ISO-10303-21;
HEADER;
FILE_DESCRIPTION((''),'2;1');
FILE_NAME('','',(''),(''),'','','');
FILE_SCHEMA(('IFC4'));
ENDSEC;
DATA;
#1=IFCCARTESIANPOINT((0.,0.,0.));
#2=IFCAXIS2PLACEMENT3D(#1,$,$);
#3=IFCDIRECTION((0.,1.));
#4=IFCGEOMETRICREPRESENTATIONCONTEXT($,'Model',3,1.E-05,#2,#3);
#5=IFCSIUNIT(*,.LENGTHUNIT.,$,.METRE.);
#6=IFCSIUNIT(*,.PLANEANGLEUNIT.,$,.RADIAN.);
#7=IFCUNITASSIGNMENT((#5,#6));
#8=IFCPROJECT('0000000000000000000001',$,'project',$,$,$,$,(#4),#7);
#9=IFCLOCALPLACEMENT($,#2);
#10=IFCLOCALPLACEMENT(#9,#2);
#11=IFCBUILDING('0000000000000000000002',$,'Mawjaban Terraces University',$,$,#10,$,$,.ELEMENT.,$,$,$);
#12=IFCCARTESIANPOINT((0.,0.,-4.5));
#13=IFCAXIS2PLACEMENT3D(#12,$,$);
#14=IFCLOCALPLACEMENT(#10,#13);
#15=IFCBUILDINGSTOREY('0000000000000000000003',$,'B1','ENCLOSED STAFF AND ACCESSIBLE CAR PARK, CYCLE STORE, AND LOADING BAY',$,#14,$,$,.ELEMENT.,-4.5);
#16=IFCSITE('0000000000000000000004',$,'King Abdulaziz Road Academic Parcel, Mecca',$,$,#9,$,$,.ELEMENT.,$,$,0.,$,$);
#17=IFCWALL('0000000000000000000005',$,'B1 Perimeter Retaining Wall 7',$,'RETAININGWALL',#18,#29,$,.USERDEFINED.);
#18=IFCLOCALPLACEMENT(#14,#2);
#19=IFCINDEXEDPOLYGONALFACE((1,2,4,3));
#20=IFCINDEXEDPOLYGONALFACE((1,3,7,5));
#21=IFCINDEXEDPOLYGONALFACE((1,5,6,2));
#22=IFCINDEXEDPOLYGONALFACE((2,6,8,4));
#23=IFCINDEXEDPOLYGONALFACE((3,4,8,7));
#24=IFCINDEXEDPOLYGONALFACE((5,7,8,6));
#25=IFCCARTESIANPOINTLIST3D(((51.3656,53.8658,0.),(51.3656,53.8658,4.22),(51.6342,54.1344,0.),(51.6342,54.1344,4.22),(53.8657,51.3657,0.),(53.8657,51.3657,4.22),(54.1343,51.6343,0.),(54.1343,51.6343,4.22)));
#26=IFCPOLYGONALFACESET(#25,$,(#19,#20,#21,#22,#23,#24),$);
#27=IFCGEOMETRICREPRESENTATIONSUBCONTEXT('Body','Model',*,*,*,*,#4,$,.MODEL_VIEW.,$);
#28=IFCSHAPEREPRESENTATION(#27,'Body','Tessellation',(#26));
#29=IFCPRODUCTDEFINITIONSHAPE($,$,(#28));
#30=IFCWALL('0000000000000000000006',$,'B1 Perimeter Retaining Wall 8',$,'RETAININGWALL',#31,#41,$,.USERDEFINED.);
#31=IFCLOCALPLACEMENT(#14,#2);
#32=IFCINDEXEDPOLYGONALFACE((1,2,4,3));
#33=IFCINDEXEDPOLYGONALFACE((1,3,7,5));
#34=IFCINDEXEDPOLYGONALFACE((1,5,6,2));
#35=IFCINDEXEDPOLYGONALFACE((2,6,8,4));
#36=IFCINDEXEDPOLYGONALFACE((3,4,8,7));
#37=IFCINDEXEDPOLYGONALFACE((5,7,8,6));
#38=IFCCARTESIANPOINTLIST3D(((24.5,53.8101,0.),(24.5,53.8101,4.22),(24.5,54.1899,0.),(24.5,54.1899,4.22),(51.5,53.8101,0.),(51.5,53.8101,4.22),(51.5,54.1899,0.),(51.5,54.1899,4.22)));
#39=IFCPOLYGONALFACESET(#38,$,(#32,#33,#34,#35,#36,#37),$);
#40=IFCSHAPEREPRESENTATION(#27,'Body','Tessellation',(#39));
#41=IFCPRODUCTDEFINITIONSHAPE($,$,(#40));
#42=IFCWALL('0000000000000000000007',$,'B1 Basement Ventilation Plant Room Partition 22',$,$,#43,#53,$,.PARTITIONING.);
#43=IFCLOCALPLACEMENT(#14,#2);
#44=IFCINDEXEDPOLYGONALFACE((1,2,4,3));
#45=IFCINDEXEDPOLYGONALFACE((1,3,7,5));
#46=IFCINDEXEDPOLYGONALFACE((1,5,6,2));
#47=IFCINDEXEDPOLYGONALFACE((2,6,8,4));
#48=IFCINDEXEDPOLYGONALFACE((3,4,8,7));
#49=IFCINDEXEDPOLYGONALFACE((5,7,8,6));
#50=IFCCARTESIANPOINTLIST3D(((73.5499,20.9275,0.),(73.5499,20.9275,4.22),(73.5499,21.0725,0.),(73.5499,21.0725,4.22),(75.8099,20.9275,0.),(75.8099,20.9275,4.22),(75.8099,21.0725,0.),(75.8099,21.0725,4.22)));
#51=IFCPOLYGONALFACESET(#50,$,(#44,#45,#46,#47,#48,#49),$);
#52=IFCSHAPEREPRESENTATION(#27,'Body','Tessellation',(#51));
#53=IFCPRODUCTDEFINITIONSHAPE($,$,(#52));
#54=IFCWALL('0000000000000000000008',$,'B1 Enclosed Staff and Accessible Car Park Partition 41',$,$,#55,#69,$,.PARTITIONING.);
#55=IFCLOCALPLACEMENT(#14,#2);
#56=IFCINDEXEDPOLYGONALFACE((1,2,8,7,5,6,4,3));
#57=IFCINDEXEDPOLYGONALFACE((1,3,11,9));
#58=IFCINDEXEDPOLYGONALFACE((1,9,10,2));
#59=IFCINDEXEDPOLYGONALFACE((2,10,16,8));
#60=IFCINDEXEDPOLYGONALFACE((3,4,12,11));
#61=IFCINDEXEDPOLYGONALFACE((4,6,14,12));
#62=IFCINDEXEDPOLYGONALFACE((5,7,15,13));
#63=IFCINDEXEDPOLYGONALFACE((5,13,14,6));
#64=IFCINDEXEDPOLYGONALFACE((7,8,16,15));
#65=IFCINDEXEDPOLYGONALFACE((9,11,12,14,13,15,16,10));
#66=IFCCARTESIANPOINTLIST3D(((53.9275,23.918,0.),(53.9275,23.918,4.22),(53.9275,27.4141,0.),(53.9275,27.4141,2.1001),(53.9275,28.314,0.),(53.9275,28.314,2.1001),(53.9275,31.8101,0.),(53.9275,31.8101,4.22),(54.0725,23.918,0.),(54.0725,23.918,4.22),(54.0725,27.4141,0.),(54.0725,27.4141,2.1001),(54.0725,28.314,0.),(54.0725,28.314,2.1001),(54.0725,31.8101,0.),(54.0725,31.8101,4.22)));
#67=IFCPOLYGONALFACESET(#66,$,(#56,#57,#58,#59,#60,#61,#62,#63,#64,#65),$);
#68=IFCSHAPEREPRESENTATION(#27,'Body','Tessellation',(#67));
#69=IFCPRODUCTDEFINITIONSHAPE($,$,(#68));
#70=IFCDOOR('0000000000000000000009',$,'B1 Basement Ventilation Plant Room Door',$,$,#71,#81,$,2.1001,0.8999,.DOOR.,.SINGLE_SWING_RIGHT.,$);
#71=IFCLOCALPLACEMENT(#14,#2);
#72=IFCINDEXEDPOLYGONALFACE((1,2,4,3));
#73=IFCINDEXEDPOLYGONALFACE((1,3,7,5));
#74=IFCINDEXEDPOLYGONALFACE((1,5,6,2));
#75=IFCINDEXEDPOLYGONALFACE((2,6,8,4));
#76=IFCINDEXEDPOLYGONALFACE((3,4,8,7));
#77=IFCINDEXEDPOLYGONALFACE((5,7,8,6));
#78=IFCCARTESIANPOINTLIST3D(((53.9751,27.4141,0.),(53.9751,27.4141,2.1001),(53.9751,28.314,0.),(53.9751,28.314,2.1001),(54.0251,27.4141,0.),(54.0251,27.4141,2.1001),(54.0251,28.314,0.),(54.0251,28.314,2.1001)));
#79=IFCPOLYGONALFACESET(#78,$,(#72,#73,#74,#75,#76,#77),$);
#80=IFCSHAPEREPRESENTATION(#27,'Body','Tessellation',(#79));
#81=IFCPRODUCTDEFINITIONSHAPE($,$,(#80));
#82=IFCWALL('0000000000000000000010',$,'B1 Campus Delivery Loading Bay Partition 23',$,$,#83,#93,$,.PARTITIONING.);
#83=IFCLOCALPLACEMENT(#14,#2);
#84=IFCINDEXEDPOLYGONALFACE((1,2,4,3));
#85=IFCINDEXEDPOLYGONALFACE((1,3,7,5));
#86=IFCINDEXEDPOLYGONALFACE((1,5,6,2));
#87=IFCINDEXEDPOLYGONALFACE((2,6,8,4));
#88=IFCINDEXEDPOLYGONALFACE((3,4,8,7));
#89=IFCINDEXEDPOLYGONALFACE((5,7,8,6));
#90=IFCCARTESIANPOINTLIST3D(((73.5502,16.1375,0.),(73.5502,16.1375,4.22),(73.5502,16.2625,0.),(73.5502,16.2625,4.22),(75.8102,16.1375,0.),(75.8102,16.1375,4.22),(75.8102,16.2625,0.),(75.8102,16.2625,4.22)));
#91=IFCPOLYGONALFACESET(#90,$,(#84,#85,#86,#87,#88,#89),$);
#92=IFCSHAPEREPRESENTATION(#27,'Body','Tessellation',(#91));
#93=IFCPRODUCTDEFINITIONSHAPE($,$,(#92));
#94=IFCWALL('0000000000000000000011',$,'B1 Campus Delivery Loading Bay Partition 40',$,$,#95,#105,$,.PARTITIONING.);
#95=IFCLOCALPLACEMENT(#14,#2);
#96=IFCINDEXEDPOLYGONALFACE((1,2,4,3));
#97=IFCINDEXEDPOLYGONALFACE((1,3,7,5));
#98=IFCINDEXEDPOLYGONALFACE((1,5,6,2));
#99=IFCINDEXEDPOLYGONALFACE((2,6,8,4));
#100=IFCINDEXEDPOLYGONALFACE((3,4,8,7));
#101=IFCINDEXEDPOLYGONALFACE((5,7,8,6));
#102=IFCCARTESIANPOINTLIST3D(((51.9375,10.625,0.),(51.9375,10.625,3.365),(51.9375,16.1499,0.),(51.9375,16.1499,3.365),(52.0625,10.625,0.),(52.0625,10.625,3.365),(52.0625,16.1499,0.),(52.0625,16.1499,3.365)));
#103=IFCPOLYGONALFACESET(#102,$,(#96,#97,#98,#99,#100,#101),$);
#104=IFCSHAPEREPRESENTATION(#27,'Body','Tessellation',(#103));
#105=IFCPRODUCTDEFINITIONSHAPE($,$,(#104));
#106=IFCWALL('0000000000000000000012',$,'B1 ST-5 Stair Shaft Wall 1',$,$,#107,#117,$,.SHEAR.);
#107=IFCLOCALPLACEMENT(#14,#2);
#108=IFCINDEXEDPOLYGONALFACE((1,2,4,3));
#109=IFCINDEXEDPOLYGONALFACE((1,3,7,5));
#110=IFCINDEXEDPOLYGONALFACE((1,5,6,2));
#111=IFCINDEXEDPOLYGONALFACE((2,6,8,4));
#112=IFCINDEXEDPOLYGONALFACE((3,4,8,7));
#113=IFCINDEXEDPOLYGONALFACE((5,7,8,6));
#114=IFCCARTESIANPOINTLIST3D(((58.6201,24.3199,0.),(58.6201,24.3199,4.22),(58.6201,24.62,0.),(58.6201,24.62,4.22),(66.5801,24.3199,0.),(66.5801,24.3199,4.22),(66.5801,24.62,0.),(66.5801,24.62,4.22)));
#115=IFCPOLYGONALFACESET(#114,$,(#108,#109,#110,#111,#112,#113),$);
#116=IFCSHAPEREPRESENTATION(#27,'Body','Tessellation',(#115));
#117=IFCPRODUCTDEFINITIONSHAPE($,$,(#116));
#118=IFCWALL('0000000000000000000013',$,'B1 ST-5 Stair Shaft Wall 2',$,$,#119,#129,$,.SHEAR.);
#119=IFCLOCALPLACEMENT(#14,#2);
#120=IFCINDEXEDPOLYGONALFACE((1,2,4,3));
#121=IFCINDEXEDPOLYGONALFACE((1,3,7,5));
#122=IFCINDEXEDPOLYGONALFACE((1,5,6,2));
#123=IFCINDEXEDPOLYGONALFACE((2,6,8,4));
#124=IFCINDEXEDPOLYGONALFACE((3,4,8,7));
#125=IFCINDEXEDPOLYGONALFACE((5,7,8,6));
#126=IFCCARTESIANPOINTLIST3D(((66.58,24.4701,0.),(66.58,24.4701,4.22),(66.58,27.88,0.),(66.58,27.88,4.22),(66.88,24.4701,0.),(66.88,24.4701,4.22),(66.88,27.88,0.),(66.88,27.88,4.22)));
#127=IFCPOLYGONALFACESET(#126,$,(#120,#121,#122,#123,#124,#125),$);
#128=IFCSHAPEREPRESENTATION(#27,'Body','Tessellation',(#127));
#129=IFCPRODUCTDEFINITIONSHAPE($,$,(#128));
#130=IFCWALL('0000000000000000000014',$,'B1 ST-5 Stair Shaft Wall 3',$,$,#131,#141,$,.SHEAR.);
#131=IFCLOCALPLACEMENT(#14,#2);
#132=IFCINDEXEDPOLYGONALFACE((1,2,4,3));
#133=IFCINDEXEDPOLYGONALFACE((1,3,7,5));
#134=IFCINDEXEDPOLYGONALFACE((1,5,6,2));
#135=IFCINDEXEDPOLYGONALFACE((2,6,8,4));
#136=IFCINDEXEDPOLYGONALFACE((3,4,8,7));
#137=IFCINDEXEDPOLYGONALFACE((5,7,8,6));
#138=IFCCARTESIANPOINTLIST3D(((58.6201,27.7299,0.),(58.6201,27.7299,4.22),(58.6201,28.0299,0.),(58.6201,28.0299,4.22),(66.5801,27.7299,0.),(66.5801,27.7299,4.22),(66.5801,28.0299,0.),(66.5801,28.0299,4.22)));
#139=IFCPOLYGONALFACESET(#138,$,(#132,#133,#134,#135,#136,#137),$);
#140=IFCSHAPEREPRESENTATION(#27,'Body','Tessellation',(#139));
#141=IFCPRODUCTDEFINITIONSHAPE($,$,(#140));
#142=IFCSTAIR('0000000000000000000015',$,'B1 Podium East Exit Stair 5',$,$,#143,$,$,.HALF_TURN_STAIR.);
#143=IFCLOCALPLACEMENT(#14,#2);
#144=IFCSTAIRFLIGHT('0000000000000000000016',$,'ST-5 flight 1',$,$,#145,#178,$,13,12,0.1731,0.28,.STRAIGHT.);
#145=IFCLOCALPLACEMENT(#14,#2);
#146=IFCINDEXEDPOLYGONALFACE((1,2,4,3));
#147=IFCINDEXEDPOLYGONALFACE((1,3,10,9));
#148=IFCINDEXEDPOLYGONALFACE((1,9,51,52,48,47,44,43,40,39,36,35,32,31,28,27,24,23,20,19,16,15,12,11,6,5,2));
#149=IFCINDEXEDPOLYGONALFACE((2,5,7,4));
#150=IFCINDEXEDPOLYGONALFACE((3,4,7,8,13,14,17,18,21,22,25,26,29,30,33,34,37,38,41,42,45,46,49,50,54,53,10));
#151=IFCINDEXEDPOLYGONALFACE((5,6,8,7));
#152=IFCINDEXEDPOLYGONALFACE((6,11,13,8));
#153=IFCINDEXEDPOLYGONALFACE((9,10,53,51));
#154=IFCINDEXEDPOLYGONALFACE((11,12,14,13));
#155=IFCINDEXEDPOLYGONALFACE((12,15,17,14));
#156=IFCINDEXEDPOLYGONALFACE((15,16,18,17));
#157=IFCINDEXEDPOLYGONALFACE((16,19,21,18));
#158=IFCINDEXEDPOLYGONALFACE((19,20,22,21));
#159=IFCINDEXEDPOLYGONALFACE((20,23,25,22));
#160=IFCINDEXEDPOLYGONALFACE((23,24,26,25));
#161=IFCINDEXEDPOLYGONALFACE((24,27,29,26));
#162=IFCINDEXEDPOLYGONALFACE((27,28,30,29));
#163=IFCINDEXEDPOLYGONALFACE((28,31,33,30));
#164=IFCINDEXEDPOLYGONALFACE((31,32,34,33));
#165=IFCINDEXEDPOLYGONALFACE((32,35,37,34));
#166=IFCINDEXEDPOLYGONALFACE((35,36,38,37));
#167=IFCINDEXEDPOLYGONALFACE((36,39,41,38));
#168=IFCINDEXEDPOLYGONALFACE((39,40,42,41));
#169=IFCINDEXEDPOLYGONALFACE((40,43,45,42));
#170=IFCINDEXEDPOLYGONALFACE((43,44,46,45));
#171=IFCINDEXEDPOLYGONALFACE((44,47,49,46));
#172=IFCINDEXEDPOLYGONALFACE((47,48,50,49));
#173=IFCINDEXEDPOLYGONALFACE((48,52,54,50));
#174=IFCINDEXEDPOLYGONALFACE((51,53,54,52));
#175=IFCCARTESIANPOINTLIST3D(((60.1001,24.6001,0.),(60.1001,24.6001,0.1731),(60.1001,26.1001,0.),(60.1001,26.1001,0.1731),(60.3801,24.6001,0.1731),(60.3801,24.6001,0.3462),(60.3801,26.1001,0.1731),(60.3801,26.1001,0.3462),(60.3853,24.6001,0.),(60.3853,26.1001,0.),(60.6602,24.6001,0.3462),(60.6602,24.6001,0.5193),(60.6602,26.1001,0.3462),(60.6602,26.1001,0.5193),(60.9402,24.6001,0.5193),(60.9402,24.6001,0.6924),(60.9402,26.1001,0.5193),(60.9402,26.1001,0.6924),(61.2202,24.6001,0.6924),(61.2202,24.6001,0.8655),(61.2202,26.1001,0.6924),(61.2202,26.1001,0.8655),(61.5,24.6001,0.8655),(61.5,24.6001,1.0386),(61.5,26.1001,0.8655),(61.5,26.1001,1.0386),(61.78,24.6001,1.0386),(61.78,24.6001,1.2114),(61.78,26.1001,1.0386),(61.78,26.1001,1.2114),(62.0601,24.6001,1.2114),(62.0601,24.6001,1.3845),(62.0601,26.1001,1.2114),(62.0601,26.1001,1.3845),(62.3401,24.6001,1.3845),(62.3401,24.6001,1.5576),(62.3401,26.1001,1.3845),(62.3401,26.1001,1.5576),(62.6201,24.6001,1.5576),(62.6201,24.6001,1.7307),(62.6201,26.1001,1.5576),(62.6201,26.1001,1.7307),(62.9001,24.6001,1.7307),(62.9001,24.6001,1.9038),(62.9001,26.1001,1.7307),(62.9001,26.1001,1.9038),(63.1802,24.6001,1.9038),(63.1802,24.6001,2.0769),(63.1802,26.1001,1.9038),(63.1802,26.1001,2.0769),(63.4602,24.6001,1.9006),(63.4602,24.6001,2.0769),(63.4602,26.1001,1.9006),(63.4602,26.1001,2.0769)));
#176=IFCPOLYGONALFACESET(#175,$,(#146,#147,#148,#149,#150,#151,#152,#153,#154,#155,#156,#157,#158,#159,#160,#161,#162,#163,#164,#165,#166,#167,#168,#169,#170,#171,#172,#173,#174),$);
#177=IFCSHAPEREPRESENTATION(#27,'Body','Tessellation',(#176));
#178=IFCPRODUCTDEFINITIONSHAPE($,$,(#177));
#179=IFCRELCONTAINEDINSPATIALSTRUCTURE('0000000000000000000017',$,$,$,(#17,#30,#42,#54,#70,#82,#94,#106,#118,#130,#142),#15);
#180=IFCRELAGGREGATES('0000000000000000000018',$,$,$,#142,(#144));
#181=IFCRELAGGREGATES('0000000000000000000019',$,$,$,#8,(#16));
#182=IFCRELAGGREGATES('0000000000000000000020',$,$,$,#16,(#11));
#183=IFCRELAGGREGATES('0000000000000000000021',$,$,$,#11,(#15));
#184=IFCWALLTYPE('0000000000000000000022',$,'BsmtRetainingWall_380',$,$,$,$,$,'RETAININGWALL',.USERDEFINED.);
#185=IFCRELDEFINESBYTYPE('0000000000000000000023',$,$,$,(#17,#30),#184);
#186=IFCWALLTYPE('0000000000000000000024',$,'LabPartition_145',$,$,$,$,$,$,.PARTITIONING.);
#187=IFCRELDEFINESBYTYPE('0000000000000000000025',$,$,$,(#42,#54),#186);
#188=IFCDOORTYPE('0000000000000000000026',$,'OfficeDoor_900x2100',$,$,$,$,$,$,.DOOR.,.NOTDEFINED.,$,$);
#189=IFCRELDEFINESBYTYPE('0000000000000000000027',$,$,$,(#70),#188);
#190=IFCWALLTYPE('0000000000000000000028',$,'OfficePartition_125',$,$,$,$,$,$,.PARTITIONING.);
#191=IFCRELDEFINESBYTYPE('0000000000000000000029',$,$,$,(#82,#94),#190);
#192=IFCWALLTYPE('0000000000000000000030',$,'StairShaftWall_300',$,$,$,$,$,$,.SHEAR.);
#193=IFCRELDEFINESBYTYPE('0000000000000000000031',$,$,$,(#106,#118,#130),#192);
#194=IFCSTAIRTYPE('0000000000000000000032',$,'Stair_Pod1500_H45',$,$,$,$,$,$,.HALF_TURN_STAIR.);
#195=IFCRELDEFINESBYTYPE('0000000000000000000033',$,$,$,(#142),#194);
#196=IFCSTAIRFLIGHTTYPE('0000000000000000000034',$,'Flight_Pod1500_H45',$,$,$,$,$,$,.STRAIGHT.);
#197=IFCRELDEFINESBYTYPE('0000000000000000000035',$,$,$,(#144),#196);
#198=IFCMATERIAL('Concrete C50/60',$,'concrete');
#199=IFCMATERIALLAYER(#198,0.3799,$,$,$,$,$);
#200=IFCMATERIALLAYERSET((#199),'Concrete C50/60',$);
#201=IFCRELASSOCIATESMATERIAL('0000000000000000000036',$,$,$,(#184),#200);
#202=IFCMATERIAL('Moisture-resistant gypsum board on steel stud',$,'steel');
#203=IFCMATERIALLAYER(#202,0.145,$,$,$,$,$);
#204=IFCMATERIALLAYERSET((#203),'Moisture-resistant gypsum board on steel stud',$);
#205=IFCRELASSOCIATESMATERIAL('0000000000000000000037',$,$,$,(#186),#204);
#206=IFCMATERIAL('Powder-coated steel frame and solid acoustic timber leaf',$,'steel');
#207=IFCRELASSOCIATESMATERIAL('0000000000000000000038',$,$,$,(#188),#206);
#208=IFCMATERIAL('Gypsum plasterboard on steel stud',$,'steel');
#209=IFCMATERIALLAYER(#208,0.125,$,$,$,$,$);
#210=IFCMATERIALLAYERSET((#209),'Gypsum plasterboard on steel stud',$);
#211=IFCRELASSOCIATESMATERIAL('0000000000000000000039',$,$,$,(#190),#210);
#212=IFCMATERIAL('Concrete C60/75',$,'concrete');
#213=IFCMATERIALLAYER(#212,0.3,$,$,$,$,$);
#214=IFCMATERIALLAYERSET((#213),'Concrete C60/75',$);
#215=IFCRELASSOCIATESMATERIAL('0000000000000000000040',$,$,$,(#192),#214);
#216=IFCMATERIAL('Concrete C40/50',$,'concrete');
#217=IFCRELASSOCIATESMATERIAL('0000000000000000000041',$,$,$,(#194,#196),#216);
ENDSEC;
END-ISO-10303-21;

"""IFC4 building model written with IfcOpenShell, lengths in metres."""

from ifc_helpers import new_model, si_unit, direction, frame, frame_2d, origin, place, context, subcontext, project, spatial, polyline, rectangle, outline, extrude, material, layer, layer_set, type_object, element, fill, aggregate, save


model = new_model("IFC4")

# Units and contexts
model_context = context("Model", 3, precision=1e-05, world=origin(), true_north=direction((0.0, 1.0)))
body_context = subcontext(model_context, "Body", "Model", "MODEL_VIEW")
ifc_project = project(units=[si_unit("LENGTHUNIT", "METRE"), si_unit("PLANEANGLEUNIT", "RADIAN")], contexts=[model_context])

# Site, building, storey
site_placement = place(None, origin())
site = spatial("IfcSite", under=ifc_project, at=site_placement, Name="King Abdulaziz Road Academic Parcel, Mecca", CompositionType="ELEMENT", RefElevation=0.0)
building_placement = place(site_placement, origin())
building = spatial("IfcBuilding", under=site, at=building_placement, Name="Mawjaban Terraces University", CompositionType="ELEMENT")
storey_placement = place(building_placement, frame((0.0, 0.0, -4.5)))
storey = spatial("IfcBuildingStorey", under=building, at=storey_placement, Name="B1", Description="ENCLOSED STAFF AND ACCESSIBLE CAR PARK, CYCLE STORE, AND LOADING BAY", CompositionType="ELEMENT", Elevation=-4.5)

# Walls
ifc_material_1 = material(Name="Concrete C50/60", Category="concrete")
ifc_layer_1 = layer(ifc_material_1, 0.3799)
ifc_layer_set_1 = layer_set([ifc_layer_1], Name="Concrete C50/60")
wall_type_1 = type_object("IfcWallType", Name="BsmtRetainingWall_380", ElementType="RETAININGWALL", PredefinedType="USERDEFINED", material=ifc_layer_set_1)
wall_1_placement = place(storey_placement, frame((54.0, 51.5, 0.0), z_axis=(0.0, 0.0, 1.0), x_axis=(-0.707107, 0.707107, 0.0)))
element("IfcWall", 1, at=wall_1_placement, inside=storey, type_object=wall_type_1, Name="B1 Perimeter Retaining Wall 7", ObjectType="RETAININGWALL", PredefinedType="USERDEFINED", context=body_context, shape_type="SweptSolid", body=[
    extrude(rectangle(XDim=3.5356, YDim=0.3799, at=frame_2d((1.7678, 0.0))), origin(), (0.0, 0.0, 1.0), 4.22),
])
wall_2_placement = place(storey_placement, frame((51.5, 54.0, 0.0), z_axis=(0.0, 0.0, 1.0), x_axis=(-1.0, 0.0, 0.0)))
element("IfcWall", 2, at=wall_2_placement, inside=storey, type_object=wall_type_1, Name="B1 Perimeter Retaining Wall 8", ObjectType="RETAININGWALL", PredefinedType="USERDEFINED", context=body_context, shape_type="SweptSolid", body=[
    extrude(rectangle(XDim=27.0, YDim=0.3799, at=frame_2d((13.5, 0.0))), origin(), (0.0, 0.0, 1.0), 4.22),
])
ifc_material_2 = material(Name="Moisture-resistant gypsum board on steel stud", Category="steel")
ifc_layer_2 = layer(ifc_material_2, 0.145)
ifc_layer_set_2 = layer_set([ifc_layer_2], Name="Moisture-resistant gypsum board on steel stud")
wall_type_2 = type_object("IfcWallType", Name="LabPartition_145", PredefinedType="PARTITIONING", material=ifc_layer_set_2)
wall_3_placement = place(storey_placement, frame((73.55, 21.0, 0.0), z_axis=(0.0, 0.0, 1.0), x_axis=(1.0, 0.0, 0.0)))
element("IfcWall", 3, at=wall_3_placement, inside=storey, type_object=wall_type_2, Name="B1 Basement Ventilation Plant Room Partition 22", PredefinedType="PARTITIONING", context=body_context, shape_type="SweptSolid", body=[
    extrude(rectangle(XDim=2.26, YDim=0.145, at=frame_2d((1.1299, 0.0))), origin(), (0.0, 0.0, 1.0), 4.22),
])

# Wall, opening, door
wall_4_placement = place(storey_placement, frame((54.0, 23.918, 0.0), z_axis=(0.0, 0.0, 1.0), x_axis=(0.0, 1.0, 0.0)))
wall_4 = element("IfcWall", 4, at=wall_4_placement, inside=storey, type_object=wall_type_2, Name="B1 Enclosed Staff and Accessible Car Park Partition 41", PredefinedType="PARTITIONING", context=body_context, shape_type="SweptSolid", body=[
    extrude(rectangle(XDim=7.8921, YDim=0.145, at=frame_2d((3.946, 0.0))), origin(), (0.0, 0.0, 1.0), 4.22),
])
opening_1_placement = place(wall_4_placement, frame((3.4961, 0.0, 0.0)))
opening_1 = element("IfcOpeningElement", 5, at=opening_1_placement, cuts=wall_4, PredefinedType="OPENING", context=body_context, shape_type="SweptSolid", body=[
    extrude(rectangle(XDim=0.8999, YDim=2.1001, at=frame_2d((0.45, 1.05))), frame((0.0, 0.0825, 0.0), z_axis=(0.0, -1.0, 0.0), x_axis=(1.0, 0.0, 0.0)), (0.0, 0.0, 1.0), 0.165),
])
ifc_material_3 = material(Name="Powder-coated steel frame and solid acoustic timber leaf", Category="steel")
door_type_1 = type_object("IfcDoorType", Name="OfficeDoor_900x2100", OperationType="NOTDEFINED", PredefinedType="DOOR", material=ifc_material_3)
door_1_placement = place(opening_1_placement, origin())
door_1 = element("IfcDoor", 6, at=door_1_placement, inside=storey, type_object=door_type_1, Name="B1 Basement Ventilation Plant Room Door", OperationType="SINGLE_SWING_RIGHT", OverallHeight=2.1001, OverallWidth=0.8999, PredefinedType="DOOR", context=body_context, shape_type="SweptSolid", body=[
    extrude(rectangle(XDim=0.8999, YDim=2.1001, at=frame_2d((0.45, 1.05))), frame((0.0, 0.0249, 0.0), z_axis=(0.0, -1.0, 0.0), x_axis=(1.0, 0.0, 0.0)), (0.0, 0.0, 1.0), 0.05),
])
fill(opening_1, door_1)

# Walls
ifc_material_4 = material(Name="Gypsum plasterboard on steel stud", Category="steel")
ifc_layer_3 = layer(ifc_material_4, 0.125)
ifc_layer_set_3 = layer_set([ifc_layer_3], Name="Gypsum plasterboard on steel stud")
wall_type_3 = type_object("IfcWallType", Name="OfficePartition_125", PredefinedType="PARTITIONING", material=ifc_layer_set_3)
wall_5_placement = place(storey_placement, frame((75.8101, 16.2, 0.0), z_axis=(0.0, 0.0, 1.0), x_axis=(-1.0, 0.0, 0.0)))
element("IfcWall", 7, at=wall_5_placement, inside=storey, type_object=wall_type_3, Name="B1 Campus Delivery Loading Bay Partition 23", PredefinedType="PARTITIONING", context=body_context, shape_type="SweptSolid", body=[
    extrude(rectangle(XDim=2.26, YDim=0.125, at=frame_2d((1.1299, 0.0))), origin(), (0.0, 0.0, 1.0), 4.22),
])
wall_6_placement = place(storey_placement, frame((52.0, 16.1499, 0.0), z_axis=(0.0, 0.0, 1.0), x_axis=(0.0, -1.0, 0.0)))
element("IfcWall", 8, at=wall_6_placement, inside=storey, type_object=wall_type_3, Name="B1 Campus Delivery Loading Bay Partition 40", PredefinedType="PARTITIONING", context=body_context, shape_type="SweptSolid", body=[
    extrude(rectangle(XDim=5.5249, YDim=0.125, at=frame_2d((2.7625, 0.0))), origin(), (0.0, 0.0, 1.0), 3.365),
])
ifc_material_5 = material(Name="Concrete C60/75", Category="concrete")
ifc_layer_4 = layer(ifc_material_5, 0.3)
ifc_layer_set_4 = layer_set([ifc_layer_4], Name="Concrete C60/75")
wall_type_4 = type_object("IfcWallType", Name="StairShaftWall_300", PredefinedType="SHEAR", material=ifc_layer_set_4)
wall_7_placement = place(storey_placement, frame((58.6201, 24.47, 0.0), z_axis=(0.0, 0.0, 1.0), x_axis=(1.0, 0.0, 0.0)))
element("IfcWall", 9, at=wall_7_placement, inside=storey, type_object=wall_type_4, Name="B1 ST-5 Stair Shaft Wall 1", PredefinedType="SHEAR", context=body_context, shape_type="SweptSolid", body=[
    extrude(rectangle(XDim=7.96, YDim=0.3, at=frame_2d((3.98, 0.0))), origin(), (0.0, 0.0, 1.0), 4.22),
])
wall_8_placement = place(storey_placement, frame((66.73, 24.47, 0.0), z_axis=(0.0, 0.0, 1.0), x_axis=(0.0, 1.0, 0.0)))
element("IfcWall", 10, at=wall_8_placement, inside=storey, type_object=wall_type_4, Name="B1 ST-5 Stair Shaft Wall 2", PredefinedType="SHEAR", context=body_context, shape_type="SweptSolid", body=[
    extrude(rectangle(XDim=3.4099, YDim=0.3, at=frame_2d((1.7051, 0.0))), origin(), (0.0, 0.0, 1.0), 4.22),
])
wall_9_placement = place(storey_placement, frame((66.5801, 27.8799, 0.0), z_axis=(0.0, 0.0, 1.0), x_axis=(-1.0, 0.0, 0.0)))
element("IfcWall", 11, at=wall_9_placement, inside=storey, type_object=wall_type_4, Name="B1 ST-5 Stair Shaft Wall 3", PredefinedType="SHEAR", context=body_context, shape_type="SweptSolid", body=[
    extrude(rectangle(XDim=7.96, YDim=0.3, at=frame_2d((3.98, 0.0))), origin(), (0.0, 0.0, 1.0), 4.22),
])

# Stair, stair flight
ifc_material_6 = material(Name="Concrete C40/50", Category="concrete")
stair_type = type_object("IfcStairType", Name="Stair_Pod1500_H45", PredefinedType="HALF_TURN_STAIR", material=ifc_material_6)
stair_placement = place(storey_placement, origin())
stair = element("IfcStair", 12, at=stair_placement, inside=storey, type_object=stair_type, Name="B1 Podium East Exit Stair 5", PredefinedType="HALF_TURN_STAIR")
stair_flight_type = type_object("IfcStairFlightType", Name="Flight_Pod1500_H45", PredefinedType="STRAIGHT", material=ifc_material_6)
stair_flight_1_placement = place(storey_placement, frame((60.1001, 25.3501, 0.0), z_axis=(0.0, 0.0, 1.0), x_axis=(1.0, 0.0, 0.0)))
stair_flight_1 = element("IfcStairFlight", 13, at=stair_flight_1_placement, type_object=stair_flight_type, Name="ST-5 flight 1", NumberOfRisers=13, NumberOfTreads=12, PredefinedType="STRAIGHT", RiserHeight=0.1731, TreadLength=0.28, context=body_context, shape_type="SweptSolid", body=[
    extrude(outline(polyline([(0.0, 0.0), (0.0, 0.1731), (0.28, 0.1731), (0.28, 0.3462), (0.5601, 0.3462), (0.5601, 0.5193), (0.8401, 0.5193), (0.8401, 0.6924), (1.1201, 0.6924), (1.1201, 0.8655), (1.3999, 0.8655), (1.3999, 1.0386), (1.6799, 1.0386), (1.6799, 1.2114), (1.96, 1.2114), (1.96, 1.3845), (2.24, 1.3845), (2.24, 1.5576), (2.52, 1.5576), (2.52, 1.7307), (2.8, 1.7307), (2.8, 1.9038), (3.0801, 1.9038), (3.0801, 2.0769), (3.3601, 2.0769), (3.3601, 2.25), (3.3601, 1.9006), (0.2852, 0.0), (0.0, 0.0)])), frame((0.0, 0.75, 0.0), z_axis=(0.0, -1.0, 0.0), x_axis=(1.0, 0.0, 0.0)), (0.0, 0.0, 1.0), 1.5),
])
aggregate(stair, [stair_flight_1])

save(model, "model.ifc")
